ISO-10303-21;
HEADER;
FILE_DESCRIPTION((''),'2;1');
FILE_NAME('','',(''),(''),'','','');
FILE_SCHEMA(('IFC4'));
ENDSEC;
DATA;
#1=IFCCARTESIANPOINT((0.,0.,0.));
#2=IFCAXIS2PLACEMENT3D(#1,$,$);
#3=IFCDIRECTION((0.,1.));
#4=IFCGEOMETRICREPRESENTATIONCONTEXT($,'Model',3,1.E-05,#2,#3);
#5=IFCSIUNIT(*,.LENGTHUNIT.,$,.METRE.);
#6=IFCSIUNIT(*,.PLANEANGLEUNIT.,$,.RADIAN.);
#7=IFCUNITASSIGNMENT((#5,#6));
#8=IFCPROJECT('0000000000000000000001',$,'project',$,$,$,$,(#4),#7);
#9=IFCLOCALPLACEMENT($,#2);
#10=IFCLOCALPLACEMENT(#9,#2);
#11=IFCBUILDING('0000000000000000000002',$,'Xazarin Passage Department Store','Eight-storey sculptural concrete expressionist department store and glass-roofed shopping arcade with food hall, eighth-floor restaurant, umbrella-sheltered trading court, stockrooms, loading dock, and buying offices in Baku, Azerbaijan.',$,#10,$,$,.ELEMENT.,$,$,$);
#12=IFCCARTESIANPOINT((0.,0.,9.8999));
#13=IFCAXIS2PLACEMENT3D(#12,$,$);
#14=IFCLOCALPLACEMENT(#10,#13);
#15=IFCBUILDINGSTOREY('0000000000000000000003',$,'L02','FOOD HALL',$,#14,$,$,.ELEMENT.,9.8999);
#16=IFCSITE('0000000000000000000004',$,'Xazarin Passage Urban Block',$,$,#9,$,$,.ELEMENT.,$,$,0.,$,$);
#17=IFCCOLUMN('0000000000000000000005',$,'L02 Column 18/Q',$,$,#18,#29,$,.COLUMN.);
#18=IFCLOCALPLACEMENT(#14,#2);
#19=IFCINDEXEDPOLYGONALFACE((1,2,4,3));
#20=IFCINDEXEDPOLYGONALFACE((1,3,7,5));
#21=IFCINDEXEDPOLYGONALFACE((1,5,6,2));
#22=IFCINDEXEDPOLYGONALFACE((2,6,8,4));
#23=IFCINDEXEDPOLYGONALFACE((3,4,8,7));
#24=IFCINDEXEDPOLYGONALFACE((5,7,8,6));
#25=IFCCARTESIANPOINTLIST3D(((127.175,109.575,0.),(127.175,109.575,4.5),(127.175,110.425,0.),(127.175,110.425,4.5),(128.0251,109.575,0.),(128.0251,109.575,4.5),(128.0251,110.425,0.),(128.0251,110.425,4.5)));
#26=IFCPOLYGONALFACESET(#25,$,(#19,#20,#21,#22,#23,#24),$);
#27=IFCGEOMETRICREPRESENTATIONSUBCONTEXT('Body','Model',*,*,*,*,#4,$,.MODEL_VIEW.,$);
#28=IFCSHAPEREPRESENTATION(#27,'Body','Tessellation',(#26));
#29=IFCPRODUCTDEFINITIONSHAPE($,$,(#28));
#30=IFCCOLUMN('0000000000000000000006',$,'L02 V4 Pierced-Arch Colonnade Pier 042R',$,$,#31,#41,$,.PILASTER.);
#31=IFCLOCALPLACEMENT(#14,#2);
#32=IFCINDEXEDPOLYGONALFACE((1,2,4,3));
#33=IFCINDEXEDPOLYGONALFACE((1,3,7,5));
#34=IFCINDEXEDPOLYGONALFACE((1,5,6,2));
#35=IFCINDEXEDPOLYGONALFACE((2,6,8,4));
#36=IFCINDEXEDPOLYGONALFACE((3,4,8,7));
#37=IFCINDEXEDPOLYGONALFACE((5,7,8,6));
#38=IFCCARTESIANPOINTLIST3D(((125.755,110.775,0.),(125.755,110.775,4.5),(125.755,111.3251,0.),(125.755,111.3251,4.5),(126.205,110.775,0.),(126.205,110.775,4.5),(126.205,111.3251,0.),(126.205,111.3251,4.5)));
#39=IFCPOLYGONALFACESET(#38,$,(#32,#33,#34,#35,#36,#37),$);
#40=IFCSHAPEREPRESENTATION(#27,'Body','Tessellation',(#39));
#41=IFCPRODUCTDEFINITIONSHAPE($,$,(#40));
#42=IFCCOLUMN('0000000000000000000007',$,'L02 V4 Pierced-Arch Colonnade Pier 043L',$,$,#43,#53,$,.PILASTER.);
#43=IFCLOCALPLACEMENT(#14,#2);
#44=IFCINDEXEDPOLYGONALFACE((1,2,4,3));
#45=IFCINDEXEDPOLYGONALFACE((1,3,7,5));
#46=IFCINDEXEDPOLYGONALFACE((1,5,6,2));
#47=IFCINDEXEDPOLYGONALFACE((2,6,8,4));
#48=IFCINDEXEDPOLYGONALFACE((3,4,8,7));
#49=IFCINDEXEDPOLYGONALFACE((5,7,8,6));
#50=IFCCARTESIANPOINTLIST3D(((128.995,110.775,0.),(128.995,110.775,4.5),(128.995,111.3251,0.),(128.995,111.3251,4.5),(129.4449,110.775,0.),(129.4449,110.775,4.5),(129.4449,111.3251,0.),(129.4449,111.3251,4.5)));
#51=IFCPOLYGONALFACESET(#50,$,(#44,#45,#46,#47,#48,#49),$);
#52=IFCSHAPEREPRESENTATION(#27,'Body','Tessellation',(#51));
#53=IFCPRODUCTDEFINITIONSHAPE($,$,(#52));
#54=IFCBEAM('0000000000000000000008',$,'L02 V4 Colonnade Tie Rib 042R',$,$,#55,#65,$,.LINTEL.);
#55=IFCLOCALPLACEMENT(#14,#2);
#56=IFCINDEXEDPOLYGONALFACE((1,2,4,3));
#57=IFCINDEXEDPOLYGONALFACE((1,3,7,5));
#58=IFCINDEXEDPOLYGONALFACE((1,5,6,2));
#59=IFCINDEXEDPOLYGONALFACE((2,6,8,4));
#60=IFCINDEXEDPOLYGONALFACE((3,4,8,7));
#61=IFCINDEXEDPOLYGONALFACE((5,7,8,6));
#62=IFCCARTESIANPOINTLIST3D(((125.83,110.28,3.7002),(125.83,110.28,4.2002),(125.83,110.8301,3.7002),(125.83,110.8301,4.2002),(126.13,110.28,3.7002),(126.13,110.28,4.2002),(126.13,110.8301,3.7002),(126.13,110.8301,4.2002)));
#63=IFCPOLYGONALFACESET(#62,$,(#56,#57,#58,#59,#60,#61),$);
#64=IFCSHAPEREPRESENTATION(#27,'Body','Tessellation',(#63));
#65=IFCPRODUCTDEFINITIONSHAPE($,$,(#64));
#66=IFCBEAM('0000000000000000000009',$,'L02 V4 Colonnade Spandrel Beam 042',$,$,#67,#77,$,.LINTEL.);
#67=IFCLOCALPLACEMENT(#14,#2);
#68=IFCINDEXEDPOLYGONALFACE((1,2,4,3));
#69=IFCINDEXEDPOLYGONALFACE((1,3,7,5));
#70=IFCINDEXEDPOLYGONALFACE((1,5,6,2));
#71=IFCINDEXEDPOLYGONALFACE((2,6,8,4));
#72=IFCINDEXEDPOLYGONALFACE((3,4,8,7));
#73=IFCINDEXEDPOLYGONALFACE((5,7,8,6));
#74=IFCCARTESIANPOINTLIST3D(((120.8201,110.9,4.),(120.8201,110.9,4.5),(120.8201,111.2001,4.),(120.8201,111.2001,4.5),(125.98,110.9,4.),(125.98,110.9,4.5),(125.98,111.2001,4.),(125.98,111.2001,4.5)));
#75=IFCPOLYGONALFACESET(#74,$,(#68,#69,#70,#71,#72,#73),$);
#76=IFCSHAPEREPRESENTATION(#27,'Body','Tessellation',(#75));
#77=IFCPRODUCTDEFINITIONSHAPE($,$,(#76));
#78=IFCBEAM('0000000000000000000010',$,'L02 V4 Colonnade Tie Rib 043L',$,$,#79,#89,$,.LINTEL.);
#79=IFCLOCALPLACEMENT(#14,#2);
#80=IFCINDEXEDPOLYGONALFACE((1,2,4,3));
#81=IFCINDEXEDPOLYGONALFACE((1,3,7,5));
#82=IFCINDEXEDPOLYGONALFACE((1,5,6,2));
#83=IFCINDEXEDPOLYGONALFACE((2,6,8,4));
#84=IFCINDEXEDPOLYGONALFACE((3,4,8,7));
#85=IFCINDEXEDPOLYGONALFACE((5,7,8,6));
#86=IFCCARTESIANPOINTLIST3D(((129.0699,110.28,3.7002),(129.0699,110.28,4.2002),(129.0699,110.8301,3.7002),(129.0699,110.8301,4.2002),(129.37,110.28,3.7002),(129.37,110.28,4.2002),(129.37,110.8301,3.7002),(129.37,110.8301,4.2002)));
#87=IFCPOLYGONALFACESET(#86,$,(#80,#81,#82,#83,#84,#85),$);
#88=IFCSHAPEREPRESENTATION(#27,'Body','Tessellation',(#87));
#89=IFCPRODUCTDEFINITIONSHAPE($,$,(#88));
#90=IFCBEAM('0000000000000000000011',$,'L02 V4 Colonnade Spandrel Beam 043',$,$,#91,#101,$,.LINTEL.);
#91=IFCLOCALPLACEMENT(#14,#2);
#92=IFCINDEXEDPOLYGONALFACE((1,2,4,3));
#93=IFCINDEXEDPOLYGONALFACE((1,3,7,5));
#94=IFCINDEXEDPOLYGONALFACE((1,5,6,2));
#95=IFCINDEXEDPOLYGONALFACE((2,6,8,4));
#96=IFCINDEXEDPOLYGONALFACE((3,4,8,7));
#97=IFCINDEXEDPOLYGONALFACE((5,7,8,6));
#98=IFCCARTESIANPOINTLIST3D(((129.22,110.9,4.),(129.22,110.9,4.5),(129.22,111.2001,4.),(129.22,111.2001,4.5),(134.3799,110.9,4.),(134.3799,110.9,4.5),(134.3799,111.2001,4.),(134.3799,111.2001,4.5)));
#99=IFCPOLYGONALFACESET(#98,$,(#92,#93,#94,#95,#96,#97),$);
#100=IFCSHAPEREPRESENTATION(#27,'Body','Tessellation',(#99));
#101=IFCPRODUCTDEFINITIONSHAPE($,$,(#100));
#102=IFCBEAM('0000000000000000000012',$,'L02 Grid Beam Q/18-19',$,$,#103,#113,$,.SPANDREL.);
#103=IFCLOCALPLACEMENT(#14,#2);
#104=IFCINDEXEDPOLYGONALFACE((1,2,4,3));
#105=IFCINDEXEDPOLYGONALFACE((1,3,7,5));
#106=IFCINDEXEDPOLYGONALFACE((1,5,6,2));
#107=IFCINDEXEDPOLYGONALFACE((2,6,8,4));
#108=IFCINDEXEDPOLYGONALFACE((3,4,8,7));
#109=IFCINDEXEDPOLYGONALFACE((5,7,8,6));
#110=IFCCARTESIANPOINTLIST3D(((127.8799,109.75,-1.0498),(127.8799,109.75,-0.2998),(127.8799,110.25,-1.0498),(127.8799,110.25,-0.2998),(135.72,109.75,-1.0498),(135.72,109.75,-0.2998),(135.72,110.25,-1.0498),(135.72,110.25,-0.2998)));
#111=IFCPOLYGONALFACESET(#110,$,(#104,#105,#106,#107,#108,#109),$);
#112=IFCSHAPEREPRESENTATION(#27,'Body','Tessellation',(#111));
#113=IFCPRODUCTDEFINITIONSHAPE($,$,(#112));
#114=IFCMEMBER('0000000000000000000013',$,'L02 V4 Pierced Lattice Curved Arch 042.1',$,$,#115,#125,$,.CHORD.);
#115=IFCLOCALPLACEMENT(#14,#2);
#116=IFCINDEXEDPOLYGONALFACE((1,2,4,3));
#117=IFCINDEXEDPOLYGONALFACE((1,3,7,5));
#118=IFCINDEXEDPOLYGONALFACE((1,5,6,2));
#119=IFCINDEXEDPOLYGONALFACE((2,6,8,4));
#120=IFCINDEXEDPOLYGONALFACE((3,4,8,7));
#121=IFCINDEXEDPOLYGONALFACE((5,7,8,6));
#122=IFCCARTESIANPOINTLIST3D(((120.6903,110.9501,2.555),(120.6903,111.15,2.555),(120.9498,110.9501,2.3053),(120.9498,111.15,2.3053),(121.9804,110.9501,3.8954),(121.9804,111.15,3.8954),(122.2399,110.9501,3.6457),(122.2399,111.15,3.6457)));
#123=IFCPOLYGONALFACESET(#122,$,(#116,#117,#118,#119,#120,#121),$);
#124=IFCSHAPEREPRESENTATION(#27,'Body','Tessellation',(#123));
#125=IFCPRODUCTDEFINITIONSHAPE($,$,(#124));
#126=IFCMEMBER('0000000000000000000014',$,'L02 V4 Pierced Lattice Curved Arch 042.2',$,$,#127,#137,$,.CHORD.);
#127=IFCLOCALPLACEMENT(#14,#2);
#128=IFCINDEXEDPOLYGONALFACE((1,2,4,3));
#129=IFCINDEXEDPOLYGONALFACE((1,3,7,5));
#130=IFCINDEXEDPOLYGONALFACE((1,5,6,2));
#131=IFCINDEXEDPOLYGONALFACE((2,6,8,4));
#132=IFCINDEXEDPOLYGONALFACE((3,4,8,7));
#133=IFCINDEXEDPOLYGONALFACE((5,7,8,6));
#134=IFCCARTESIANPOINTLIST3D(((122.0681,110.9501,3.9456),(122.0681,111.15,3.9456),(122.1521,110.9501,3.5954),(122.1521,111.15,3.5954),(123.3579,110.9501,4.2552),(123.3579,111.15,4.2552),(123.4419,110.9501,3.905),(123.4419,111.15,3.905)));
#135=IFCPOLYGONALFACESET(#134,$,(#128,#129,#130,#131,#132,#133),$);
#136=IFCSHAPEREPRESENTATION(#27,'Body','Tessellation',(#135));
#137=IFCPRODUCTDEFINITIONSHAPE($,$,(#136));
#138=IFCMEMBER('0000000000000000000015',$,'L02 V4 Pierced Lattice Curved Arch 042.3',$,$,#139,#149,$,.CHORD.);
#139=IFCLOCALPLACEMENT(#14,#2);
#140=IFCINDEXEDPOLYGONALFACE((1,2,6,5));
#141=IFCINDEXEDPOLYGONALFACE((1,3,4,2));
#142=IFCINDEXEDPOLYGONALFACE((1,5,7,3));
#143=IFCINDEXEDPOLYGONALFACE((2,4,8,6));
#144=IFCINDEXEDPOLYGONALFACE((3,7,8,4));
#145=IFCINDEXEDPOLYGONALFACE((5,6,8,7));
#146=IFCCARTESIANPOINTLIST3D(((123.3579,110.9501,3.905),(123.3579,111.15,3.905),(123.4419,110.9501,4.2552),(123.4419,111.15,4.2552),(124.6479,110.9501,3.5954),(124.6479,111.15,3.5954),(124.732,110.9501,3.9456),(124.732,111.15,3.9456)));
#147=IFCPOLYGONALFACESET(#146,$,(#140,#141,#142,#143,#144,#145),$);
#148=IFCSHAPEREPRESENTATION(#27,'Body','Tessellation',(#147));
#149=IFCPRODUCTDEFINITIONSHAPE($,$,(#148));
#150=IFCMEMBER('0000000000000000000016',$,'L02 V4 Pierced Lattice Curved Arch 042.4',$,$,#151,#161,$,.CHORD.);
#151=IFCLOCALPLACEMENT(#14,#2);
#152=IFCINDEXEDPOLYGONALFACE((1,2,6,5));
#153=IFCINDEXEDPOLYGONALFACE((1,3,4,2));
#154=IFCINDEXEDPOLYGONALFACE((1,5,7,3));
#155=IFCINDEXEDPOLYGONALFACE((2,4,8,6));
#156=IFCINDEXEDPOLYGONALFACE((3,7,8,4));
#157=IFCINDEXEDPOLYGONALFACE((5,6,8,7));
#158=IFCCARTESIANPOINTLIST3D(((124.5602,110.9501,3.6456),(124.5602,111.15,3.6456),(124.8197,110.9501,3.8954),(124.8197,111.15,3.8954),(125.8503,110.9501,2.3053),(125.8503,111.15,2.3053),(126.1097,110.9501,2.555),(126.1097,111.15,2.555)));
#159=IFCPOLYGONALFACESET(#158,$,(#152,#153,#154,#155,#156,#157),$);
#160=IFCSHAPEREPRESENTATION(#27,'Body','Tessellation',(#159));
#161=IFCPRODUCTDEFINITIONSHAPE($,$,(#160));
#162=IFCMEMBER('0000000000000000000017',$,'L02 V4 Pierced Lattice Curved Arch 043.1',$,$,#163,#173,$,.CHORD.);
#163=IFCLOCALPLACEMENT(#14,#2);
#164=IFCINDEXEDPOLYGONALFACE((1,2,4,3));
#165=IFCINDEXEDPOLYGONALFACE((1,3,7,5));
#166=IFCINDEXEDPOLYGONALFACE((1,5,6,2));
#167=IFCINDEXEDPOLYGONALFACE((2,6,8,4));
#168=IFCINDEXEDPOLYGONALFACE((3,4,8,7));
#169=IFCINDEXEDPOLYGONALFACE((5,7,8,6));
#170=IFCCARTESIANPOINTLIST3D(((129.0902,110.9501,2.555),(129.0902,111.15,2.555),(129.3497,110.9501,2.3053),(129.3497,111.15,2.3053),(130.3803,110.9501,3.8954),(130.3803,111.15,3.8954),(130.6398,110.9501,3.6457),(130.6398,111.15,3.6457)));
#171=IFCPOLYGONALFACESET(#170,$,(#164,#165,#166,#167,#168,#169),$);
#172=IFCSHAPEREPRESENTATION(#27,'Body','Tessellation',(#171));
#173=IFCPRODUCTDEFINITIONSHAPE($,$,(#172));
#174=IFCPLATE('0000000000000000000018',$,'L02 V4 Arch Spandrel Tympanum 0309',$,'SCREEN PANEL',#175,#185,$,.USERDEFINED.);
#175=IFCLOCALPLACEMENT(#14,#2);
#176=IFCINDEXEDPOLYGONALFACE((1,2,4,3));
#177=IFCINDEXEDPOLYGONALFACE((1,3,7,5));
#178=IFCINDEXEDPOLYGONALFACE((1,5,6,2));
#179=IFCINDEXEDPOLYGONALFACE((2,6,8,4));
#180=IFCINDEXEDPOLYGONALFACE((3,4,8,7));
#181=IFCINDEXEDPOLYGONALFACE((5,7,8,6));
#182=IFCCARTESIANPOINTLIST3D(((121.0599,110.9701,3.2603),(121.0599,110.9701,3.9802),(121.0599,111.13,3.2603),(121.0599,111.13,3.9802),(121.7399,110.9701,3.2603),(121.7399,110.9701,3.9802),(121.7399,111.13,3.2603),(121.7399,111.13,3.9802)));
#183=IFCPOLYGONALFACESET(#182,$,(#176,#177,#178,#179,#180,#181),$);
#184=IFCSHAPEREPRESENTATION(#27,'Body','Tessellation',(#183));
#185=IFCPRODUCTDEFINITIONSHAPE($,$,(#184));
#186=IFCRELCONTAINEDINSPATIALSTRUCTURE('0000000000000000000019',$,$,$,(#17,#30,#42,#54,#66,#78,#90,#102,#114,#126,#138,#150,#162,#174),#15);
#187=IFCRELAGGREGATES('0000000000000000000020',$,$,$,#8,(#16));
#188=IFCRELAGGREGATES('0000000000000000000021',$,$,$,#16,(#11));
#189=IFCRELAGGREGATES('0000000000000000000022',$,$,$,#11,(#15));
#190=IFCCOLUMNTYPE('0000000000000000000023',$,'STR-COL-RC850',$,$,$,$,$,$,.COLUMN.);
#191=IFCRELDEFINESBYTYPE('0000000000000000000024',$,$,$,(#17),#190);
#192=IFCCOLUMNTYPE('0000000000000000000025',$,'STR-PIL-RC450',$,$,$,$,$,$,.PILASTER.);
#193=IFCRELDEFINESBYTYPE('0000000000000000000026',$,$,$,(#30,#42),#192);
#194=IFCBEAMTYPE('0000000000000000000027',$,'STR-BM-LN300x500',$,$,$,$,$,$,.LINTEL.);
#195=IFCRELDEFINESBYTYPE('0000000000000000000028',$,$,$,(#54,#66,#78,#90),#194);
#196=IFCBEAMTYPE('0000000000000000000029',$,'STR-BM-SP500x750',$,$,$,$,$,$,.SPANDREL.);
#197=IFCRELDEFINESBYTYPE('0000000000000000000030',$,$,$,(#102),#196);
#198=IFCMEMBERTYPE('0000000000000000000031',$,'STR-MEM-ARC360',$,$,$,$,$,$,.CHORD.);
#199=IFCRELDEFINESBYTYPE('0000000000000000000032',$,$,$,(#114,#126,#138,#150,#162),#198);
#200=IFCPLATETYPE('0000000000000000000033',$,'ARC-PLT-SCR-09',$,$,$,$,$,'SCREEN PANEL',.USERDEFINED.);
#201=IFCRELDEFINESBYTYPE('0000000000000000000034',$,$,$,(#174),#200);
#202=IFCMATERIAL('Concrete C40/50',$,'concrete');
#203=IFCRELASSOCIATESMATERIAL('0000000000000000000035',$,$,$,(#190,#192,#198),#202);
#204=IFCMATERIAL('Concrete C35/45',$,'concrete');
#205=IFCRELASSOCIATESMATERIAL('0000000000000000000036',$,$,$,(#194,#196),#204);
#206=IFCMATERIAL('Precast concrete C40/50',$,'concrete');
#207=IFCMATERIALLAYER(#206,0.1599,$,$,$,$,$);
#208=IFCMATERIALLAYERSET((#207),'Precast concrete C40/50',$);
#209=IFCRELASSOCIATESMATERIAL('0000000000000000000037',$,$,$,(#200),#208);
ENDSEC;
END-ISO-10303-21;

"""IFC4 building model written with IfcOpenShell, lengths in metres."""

from ifc_helpers import new_model, si_unit, direction, frame, origin, origin_2d, place, context, subcontext, project, spatial, rectangle, extrude, material, layer, layer_set, material_profile, profile_set, type_object, element, save


model = new_model("IFC4")

# Units and contexts
model_context = context("Model", 3, precision=1e-05, world=origin(), true_north=direction((0.0, 1.0)))
body_context = subcontext(model_context, "Body", "Model", "MODEL_VIEW")
ifc_project = project(units=[si_unit("LENGTHUNIT", "METRE"), si_unit("PLANEANGLEUNIT", "RADIAN")], contexts=[model_context])

# Site, building, storey
site_placement = place(None, origin())
site = spatial("IfcSite", under=ifc_project, at=site_placement, Name="Xazarin Passage Urban Block", CompositionType="ELEMENT", RefElevation=0.0)
building_placement = place(site_placement, origin())
building = spatial("IfcBuilding", under=site, at=building_placement, Name="Xazarin Passage Department Store", Description="Eight-storey sculptural concrete expressionist department store and glass-roofed shopping arcade with food hall, eighth-floor restaurant, umbrella-sheltered trading court, stockrooms, loading dock, and buying offices in Baku, Azerbaijan.", CompositionType="ELEMENT")
storey_placement = place(building_placement, frame((0.0, 0.0, 9.8999)))
storey = spatial("IfcBuildingStorey", under=building, at=storey_placement, Name="L02", Description="FOOD HALL", CompositionType="ELEMENT", Elevation=9.8999)

# Columns
ifc_material_1 = material(Name="Concrete C40/50", Category="concrete")
ifc_material_profile_1 = material_profile(ifc_material_1, rectangle(XDim=0.8501, YDim=0.8501, at=origin_2d()), Name="RC 850x850")
ifc_profile_set_1 = profile_set([ifc_material_profile_1], Name="Concrete C40/50")
column_type_1 = type_object("IfcColumnType", Name="STR-COL-RC850", PredefinedType="COLUMN", material=ifc_profile_set_1)
column_placement = place(storey_placement, frame((127.6001, 110.0, 0.0), z_axis=(0.0, 0.0, 1.0), x_axis=(1.0, 0.0, 0.0)))
element("IfcColumn", 1, at=column_placement, inside=storey, type_object=column_type_1, Name="L02 Column 18/Q", PredefinedType="COLUMN", context=body_context, shape_type="SweptSolid", body=[
    extrude(rectangle(XDim=0.8501, YDim=0.8501, at=origin_2d()), origin(), (0.0, 0.0, 1.0), 4.5),
])
ifc_material_profile_2 = material_profile(ifc_material_1, rectangle(XDim=0.45, YDim=0.55, at=origin_2d()), Name="RC 450x550")
ifc_profile_set_2 = profile_set([ifc_material_profile_2], Name="Concrete C40/50")
column_type_2 = type_object("IfcColumnType", Name="STR-PIL-RC450", PredefinedType="PILASTER", material=ifc_profile_set_2)
for number, where, z_axis, x_axis, name in (
    (2, (125.98, 111.05, 0.0), (0.0, 0.0, 1.0), (1.0, 0.0, 0.0), "L02 V4 Pierced-Arch Colonnade Pier 042R"),
    (3, (129.22, 111.05, 0.0), (0.0, 0.0, 1.0), (1.0, 0.0, 0.0), "L02 V4 Pierced-Arch Colonnade Pier 043L"),
):
    element("IfcColumn", number, at=place(storey_placement, frame(where, z_axis=z_axis, x_axis=x_axis)), inside=storey, type_object=column_type_2, Name=name, PredefinedType="PILASTER", context=body_context, shape_type="SweptSolid", body=[
        extrude(rectangle(XDim=0.45, YDim=0.55, at=origin_2d()), origin(), (0.0, 0.0, 1.0), 4.5),
    ])

# Beams
ifc_material_2 = material(Name="Concrete C35/45", Category="concrete")
ifc_material_profile_3 = material_profile(ifc_material_2, rectangle(XDim=0.3, YDim=0.5, at=origin_2d()), Name="RC 300x500")
ifc_profile_set_3 = profile_set([ifc_material_profile_3], Name="Concrete C35/45")
beam_type_1 = type_object("IfcBeamType", Name="STR-BM-LN300x500", PredefinedType="LINTEL", material=ifc_profile_set_3)
beam_1_placement = place(storey_placement, frame((125.98, 110.28, 3.9502), z_axis=(0.0, 1.0, 0.0), x_axis=(-1.0, 0.0, 0.0)))
element("IfcBeam", 4, at=beam_1_placement, inside=storey, type_object=beam_type_1, Name="L02 V4 Colonnade Tie Rib 042R", PredefinedType="LINTEL", context=body_context, shape_type="SweptSolid", body=[
    extrude(rectangle(XDim=0.3, YDim=0.5, at=origin_2d()), origin(), (0.0, 0.0, 1.0), 0.55),
])
beam_2_placement = place(storey_placement, frame((120.8201, 111.05, 4.25), z_axis=(1.0, 0.0, 0.0), x_axis=(0.0, 1.0, 0.0)))
element("IfcBeam", 5, at=beam_2_placement, inside=storey, type_object=beam_type_1, Name="L02 V4 Colonnade Spandrel Beam 042", PredefinedType="LINTEL", context=body_context, shape_type="SweptSolid", body=[
    extrude(rectangle(XDim=0.3, YDim=0.5, at=origin_2d()), origin(), (0.0, 0.0, 1.0), 5.1599),
])
beam_3_placement = place(storey_placement, frame((129.22, 110.28, 3.9502), z_axis=(0.0, 1.0, 0.0), x_axis=(-1.0, 0.0, 0.0)))
element("IfcBeam", 6, at=beam_3_placement, inside=storey, type_object=beam_type_1, Name="L02 V4 Colonnade Tie Rib 043L", PredefinedType="LINTEL", context=body_context, shape_type="SweptSolid", body=[
    extrude(rectangle(XDim=0.3, YDim=0.5, at=origin_2d()), origin(), (0.0, 0.0, 1.0), 0.55),
])
beam_4_placement = place(storey_placement, frame((129.22, 111.05, 4.25), z_axis=(1.0, 0.0, 0.0), x_axis=(0.0, 1.0, 0.0)))
element("IfcBeam", 7, at=beam_4_placement, inside=storey, type_object=beam_type_1, Name="L02 V4 Colonnade Spandrel Beam 043", PredefinedType="LINTEL", context=body_context, shape_type="SweptSolid", body=[
    extrude(rectangle(XDim=0.3, YDim=0.5, at=origin_2d()), origin(), (0.0, 0.0, 1.0), 5.1599),
])
ifc_material_profile_4 = material_profile(ifc_material_2, rectangle(XDim=0.5, YDim=0.75, at=origin_2d()), Name="RC 500x750")
ifc_profile_set_4 = profile_set([ifc_material_profile_4], Name="Concrete C35/45")
beam_type_2 = type_object("IfcBeamType", Name="STR-BM-SP500x750", PredefinedType="SPANDREL", material=ifc_profile_set_4)
beam_5_placement = place(storey_placement, frame((127.8799, 110.0, -0.6748), z_axis=(1.0, 0.0, 0.0), x_axis=(0.0, 1.0, 0.0)))
element("IfcBeam", 8, at=beam_5_placement, inside=storey, type_object=beam_type_2, Name="L02 Grid Beam Q/18-19", PredefinedType="SPANDREL", context=body_context, shape_type="SweptSolid", body=[
    extrude(rectangle(XDim=0.5, YDim=0.75, at=origin_2d()), origin(), (0.0, 0.0, 1.0), 7.8401),
])

# Members
ifc_material_profile_5 = material_profile(ifc_material_1, rectangle(XDim=0.2, YDim=0.3601, at=origin_2d()), Name="RC 200x360")
ifc_profile_set_5 = profile_set([ifc_material_profile_5], Name="Concrete C40/50")
member_type = type_object("IfcMemberType", Name="STR-MEM-ARC360", PredefinedType="CHORD", material=ifc_profile_set_5)
member_1_placement = place(storey_placement, frame((120.8201, 111.05, 2.4302), z_axis=(0.69346, 0.0, 0.720495), x_axis=(0.0, 1.0, 0.0)))
element("IfcMember", 9, at=member_1_placement, inside=storey, type_object=member_type, Name="L02 V4 Pierced Lattice Curved Arch 042.1", PredefinedType="CHORD", context=body_context, shape_type="SweptSolid", body=[
    extrude(rectangle(XDim=0.2, YDim=0.3601, at=origin_2d()), origin(), (0.0, 0.0, 1.0), 1.8604),
])
member_2_placement = place(storey_placement, frame((122.1101, 111.05, 3.7705), z_axis=(0.972384, 0.0, 0.233387), x_axis=(0.0, 1.0, 0.0)))
element("IfcMember", 10, at=member_2_placement, inside=storey, type_object=member_type, Name="L02 V4 Pierced Lattice Curved Arch 042.2", PredefinedType="CHORD", context=body_context, shape_type="SweptSolid", body=[
    extrude(rectangle(XDim=0.2, YDim=0.3601, at=origin_2d()), origin(), (0.0, 0.0, 1.0), 1.3264),
])
member_3_placement = place(storey_placement, frame((123.3999, 111.05, 4.0801), z_axis=(0.972394, 0.0, -0.233345), x_axis=(0.0, 1.0, 0.0)))
element("IfcMember", 11, at=member_3_placement, inside=storey, type_object=member_type, Name="L02 V4 Pierced Lattice Curved Arch 042.3", PredefinedType="CHORD", context=body_context, shape_type="SweptSolid", body=[
    extrude(rectangle(XDim=0.2, YDim=0.3601, at=origin_2d()), origin(), (0.0, 0.0, 1.0), 1.3267),
])
for number, where, z_axis, x_axis, name in (
    (12, (124.6899, 111.05, 3.7705), (0.69346, 0.0, -0.720495), (0.0, 1.0, 0.0), "L02 V4 Pierced Lattice Curved Arch 042.4"),
    (13, (129.22, 111.05, 2.4302), (0.69346, 0.0, 0.720495), (0.0, 1.0, 0.0), "L02 V4 Pierced Lattice Curved Arch 043.1"),
):
    element("IfcMember", number, at=place(storey_placement, frame(where, z_axis=z_axis, x_axis=x_axis)), inside=storey, type_object=member_type, Name=name, PredefinedType="CHORD", context=body_context, shape_type="SweptSolid", body=[
        extrude(rectangle(XDim=0.2, YDim=0.3601, at=origin_2d()), origin(), (0.0, 0.0, 1.0), 1.8604),
    ])

# Plate
ifc_material_3 = material(Name="Precast concrete C40/50", Category="concrete")
ifc_layer_1 = layer(ifc_material_3, 0.1599)
ifc_layer_set_1 = layer_set([ifc_layer_1], Name="Precast concrete C40/50")
plate_type = type_object("IfcPlateType", Name="ARC-PLT-SCR-09", ElementType="SCREEN PANEL", PredefinedType="USERDEFINED", material=ifc_layer_set_1)
for number, where, z_axis, x_axis, name in (
    (14, (121.3999, 111.05, 3.2603), (0.0, 0.0, 1.0), (1.0, 0.0, 0.0), "L02 V4 Arch Spandrel Tympanum 0309"),
):
    element("IfcPlate", number, at=place(storey_placement, frame(where, z_axis=z_axis, x_axis=x_axis)), inside=storey, type_object=plate_type, Name=name, ObjectType="SCREEN PANEL", PredefinedType="USERDEFINED", context=body_context, shape_type="SweptSolid", body=[
        extrude(rectangle(XDim=0.6799, YDim=0.1599, at=origin_2d()), origin(), (0.0, 0.0, 1.0), 0.72),
    ])

save(model, "model.ifc")
